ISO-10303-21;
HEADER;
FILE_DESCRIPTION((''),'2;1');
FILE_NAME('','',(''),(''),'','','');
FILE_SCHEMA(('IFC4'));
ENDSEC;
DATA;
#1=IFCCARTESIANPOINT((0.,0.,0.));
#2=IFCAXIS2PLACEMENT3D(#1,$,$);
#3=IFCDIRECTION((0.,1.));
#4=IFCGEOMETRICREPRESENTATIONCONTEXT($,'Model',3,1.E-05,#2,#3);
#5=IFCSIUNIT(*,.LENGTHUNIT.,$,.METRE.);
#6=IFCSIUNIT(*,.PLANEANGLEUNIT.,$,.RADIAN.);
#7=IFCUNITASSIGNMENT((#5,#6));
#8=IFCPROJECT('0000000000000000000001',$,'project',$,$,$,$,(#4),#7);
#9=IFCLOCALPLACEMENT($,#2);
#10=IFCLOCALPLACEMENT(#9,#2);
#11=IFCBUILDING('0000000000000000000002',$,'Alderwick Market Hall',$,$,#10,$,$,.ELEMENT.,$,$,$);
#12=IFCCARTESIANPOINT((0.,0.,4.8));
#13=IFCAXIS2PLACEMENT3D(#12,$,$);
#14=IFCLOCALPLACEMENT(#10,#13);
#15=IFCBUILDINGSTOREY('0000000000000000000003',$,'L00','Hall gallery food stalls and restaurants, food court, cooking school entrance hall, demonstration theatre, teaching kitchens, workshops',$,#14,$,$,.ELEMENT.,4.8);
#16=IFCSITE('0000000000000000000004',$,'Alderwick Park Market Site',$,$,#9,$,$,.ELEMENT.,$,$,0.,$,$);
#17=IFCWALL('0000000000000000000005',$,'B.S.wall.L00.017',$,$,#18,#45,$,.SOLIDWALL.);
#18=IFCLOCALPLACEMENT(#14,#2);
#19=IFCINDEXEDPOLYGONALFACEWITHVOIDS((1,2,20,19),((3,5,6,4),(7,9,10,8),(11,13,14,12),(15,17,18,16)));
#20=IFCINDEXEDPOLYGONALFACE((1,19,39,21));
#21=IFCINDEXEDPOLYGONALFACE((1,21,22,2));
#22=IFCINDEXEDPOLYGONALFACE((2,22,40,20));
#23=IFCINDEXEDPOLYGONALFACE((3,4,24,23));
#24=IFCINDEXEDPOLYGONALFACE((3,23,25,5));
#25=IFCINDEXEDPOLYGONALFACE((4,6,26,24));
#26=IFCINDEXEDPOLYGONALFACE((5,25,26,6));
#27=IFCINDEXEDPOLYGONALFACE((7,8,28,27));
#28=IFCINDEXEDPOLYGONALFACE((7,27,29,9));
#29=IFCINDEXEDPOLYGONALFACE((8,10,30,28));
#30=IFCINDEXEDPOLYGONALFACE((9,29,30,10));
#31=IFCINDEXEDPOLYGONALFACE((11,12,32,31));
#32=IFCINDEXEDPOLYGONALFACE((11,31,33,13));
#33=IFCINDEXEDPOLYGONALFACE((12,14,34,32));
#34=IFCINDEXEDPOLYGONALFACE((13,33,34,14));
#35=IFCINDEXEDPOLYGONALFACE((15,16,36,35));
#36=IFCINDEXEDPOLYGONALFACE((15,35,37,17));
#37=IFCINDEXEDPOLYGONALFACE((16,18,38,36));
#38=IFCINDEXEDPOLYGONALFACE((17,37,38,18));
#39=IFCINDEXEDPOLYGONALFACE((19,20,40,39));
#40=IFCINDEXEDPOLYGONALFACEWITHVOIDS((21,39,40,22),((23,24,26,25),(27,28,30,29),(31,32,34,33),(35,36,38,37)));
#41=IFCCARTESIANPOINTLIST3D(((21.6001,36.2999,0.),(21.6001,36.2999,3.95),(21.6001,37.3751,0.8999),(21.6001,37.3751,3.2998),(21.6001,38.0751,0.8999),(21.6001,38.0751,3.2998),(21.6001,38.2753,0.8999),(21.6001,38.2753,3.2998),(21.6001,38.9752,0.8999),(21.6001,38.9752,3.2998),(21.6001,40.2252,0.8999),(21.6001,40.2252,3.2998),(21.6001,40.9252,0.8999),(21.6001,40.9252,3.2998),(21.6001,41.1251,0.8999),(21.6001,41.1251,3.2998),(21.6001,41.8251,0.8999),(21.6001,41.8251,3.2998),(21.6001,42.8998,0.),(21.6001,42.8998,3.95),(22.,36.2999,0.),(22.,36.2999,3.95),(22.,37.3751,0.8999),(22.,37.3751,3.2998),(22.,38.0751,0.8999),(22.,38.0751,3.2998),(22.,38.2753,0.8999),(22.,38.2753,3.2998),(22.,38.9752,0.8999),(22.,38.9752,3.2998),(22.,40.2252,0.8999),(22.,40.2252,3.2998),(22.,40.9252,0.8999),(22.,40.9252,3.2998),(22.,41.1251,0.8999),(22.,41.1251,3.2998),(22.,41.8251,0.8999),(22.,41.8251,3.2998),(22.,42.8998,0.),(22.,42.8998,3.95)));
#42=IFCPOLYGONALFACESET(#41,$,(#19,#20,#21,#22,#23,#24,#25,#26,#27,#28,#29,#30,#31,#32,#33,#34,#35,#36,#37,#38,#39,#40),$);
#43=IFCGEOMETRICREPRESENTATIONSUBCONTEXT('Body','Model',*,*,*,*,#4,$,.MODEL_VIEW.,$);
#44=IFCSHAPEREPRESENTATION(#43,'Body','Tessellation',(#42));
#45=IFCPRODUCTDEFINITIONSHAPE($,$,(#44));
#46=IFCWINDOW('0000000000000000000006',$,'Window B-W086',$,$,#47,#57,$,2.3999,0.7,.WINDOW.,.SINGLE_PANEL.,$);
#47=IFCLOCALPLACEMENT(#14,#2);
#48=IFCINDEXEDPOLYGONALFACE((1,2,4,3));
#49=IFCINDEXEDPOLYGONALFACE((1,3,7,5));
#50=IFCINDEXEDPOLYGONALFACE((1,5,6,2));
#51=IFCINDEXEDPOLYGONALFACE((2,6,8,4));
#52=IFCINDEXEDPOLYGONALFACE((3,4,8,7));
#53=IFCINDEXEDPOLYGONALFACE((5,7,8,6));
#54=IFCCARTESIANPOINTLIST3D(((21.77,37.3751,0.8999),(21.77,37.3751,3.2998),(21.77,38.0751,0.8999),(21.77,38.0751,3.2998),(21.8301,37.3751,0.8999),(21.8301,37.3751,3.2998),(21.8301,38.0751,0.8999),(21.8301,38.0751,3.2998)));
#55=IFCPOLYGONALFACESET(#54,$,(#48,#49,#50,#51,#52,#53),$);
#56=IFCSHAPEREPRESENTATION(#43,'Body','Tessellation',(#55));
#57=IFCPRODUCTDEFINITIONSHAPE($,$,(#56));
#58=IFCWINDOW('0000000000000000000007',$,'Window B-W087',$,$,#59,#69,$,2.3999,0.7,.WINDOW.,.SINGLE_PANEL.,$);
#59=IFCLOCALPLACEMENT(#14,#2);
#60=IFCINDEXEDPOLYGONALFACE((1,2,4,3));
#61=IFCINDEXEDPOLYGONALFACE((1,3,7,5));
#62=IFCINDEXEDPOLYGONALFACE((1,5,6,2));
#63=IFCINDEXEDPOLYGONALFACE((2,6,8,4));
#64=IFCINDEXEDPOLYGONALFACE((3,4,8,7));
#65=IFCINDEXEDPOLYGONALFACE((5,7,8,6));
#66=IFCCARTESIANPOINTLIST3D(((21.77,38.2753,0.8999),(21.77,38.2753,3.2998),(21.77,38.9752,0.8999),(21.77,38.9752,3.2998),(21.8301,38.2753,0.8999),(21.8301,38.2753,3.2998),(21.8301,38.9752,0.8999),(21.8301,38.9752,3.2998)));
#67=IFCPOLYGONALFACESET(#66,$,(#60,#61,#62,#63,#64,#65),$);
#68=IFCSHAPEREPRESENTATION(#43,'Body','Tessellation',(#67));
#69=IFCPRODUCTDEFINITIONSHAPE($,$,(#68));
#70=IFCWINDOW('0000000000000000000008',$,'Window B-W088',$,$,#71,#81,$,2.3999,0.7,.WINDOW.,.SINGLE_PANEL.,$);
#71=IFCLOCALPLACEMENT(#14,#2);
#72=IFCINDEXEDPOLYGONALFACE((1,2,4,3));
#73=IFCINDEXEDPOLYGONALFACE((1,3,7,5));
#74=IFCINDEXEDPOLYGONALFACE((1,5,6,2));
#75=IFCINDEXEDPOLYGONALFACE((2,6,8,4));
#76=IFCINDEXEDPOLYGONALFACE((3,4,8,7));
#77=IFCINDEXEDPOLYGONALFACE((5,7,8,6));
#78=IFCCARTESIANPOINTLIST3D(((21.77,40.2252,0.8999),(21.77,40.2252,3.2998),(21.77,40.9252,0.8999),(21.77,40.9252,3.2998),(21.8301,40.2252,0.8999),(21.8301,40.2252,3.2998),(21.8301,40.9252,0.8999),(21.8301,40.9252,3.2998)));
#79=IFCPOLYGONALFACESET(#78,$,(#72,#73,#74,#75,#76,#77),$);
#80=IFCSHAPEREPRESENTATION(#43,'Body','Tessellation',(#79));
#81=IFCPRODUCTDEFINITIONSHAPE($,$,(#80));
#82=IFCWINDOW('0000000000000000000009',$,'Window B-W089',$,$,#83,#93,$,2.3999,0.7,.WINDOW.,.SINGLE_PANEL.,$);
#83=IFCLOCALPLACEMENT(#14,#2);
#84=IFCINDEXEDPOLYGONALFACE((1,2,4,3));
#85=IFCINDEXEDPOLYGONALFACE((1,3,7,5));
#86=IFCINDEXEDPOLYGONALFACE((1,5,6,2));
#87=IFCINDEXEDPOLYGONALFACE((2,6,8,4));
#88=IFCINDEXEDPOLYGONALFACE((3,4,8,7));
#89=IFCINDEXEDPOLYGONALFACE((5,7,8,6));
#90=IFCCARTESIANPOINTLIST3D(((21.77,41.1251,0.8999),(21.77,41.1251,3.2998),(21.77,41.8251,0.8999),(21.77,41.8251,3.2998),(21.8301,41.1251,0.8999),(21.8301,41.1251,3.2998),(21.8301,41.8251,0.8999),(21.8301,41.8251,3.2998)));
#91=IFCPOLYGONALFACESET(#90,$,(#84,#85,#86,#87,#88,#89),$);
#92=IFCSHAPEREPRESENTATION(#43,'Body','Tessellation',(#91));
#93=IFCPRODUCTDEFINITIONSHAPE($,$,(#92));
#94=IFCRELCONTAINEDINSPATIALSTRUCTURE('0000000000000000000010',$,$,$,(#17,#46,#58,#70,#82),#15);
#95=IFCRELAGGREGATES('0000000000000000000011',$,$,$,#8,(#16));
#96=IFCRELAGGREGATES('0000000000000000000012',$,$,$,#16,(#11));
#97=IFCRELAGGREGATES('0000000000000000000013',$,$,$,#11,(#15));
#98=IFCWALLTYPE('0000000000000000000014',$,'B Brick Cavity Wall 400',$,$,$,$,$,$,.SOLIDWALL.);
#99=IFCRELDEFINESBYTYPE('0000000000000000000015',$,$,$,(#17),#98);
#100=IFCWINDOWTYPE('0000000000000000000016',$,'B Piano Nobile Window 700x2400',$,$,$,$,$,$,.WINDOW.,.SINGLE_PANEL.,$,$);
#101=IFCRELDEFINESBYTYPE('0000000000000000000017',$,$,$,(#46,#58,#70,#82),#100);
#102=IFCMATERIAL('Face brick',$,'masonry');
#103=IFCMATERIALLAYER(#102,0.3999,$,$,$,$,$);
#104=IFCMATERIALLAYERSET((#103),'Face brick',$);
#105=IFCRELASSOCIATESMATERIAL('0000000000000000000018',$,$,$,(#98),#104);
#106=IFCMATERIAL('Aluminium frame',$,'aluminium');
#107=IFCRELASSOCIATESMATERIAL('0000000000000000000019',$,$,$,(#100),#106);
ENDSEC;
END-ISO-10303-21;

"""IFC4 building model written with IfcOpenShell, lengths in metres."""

from ifc_helpers import new_model, si_unit, direction, frame, frame_2d, origin, place, context, subcontext, project, spatial, rectangle, extrude, material, layer, layer_set, type_object, element, fill, save


model = new_model("IFC4")

# Units and contexts
model_context = context("Model", 3, precision=1e-05, world=origin(), true_north=direction((0.0, 1.0)))
body_context = subcontext(model_context, "Body", "Model", "MODEL_VIEW")
ifc_project = project(units=[si_unit("LENGTHUNIT", "METRE"), si_unit("PLANEANGLEUNIT", "RADIAN")], contexts=[model_context])

# Site, building, storey
site_placement = place(None, origin())
site = spatial("IfcSite", under=ifc_project, at=site_placement, Name="Alderwick Park Market Site", CompositionType="ELEMENT", RefElevation=0.0)
building_placement = place(site_placement, origin())
building = spatial("IfcBuilding", under=site, at=building_placement, Name="Alderwick Market Hall", CompositionType="ELEMENT")
storey_placement = place(building_placement, frame((0.0, 0.0, 4.8)))
storey = spatial("IfcBuildingStorey", under=building, at=storey_placement, Name="L00", Description="Hall gallery food stalls and restaurants, food court, cooking school entrance hall, demonstration theatre, teaching kitchens, workshops", CompositionType="ELEMENT", Elevation=4.8)

# Wall, openings, windows
ifc_material_1 = material(Name="Face brick", Category="masonry")
ifc_layer_1 = layer(ifc_material_1, 0.3999)
ifc_layer_set_1 = layer_set([ifc_layer_1], Name="Face brick")
wall_type_1 = type_object("IfcWallType", Name="B Brick Cavity Wall 400", PredefinedType="SOLIDWALL", material=ifc_layer_set_1)
wall_1_placement = place(storey_placement, frame((21.8, 36.3, 0.0), z_axis=(0.0, 0.0, 1.0), x_axis=(0.0, 1.0, 0.0)))
wall_1 = element("IfcWall", 1, at=wall_1_placement, inside=storey, type_object=wall_type_1, Name="B.S.wall.L00.017", PredefinedType="SOLIDWALL", context=body_context, shape_type="SweptSolid", body=[
    extrude(rectangle(XDim=6.5999, YDim=0.3999, at=frame_2d((3.2998, 0.0))), origin(), (0.0, 0.0, 1.0), 3.95),
])
opening_1_placement = place(wall_1_placement, frame((1.075, 0.0, 0.8999)))
opening_1 = element("IfcOpeningElement", 2, at=opening_1_placement, cuts=wall_1, PredefinedType="OPENING", context=body_context, shape_type="SweptSolid", body=[
    extrude(rectangle(XDim=0.7, YDim=2.3999, at=frame_2d((0.3501, 1.2))), frame((0.0, 0.21, 0.0), z_axis=(0.0, -1.0, 0.0), x_axis=(1.0, 0.0, 0.0)), (0.0, 0.0, 1.0), 0.4199),
])
opening_2_placement = place(wall_1_placement, frame((1.9751, 0.0, 0.8999)))
opening_2 = element("IfcOpeningElement", 3, at=opening_2_placement, cuts=wall_1, PredefinedType="OPENING", context=body_context, shape_type="SweptSolid", body=[
    extrude(rectangle(XDim=0.7, YDim=2.3999, at=frame_2d((0.3501, 1.2))), frame((0.0, 0.21, 0.0), z_axis=(0.0, -1.0, 0.0), x_axis=(1.0, 0.0, 0.0)), (0.0, 0.0, 1.0), 0.4199),
])
opening_3_placement = place(wall_1_placement, frame((3.925, 0.0, 0.8999)))
opening_3 = element("IfcOpeningElement", 4, at=opening_3_placement, cuts=wall_1, PredefinedType="OPENING", context=body_context, shape_type="SweptSolid", body=[
    extrude(rectangle(XDim=0.7, YDim=2.3999, at=frame_2d((0.3501, 1.2))), frame((0.0, 0.21, 0.0), z_axis=(0.0, -1.0, 0.0), x_axis=(1.0, 0.0, 0.0)), (0.0, 0.0, 1.0), 0.4199),
])
opening_4_placement = place(wall_1_placement, frame((4.825, 0.0, 0.8999)))
opening_4 = element("IfcOpeningElement", 5, at=opening_4_placement, cuts=wall_1, PredefinedType="OPENING", context=body_context, shape_type="SweptSolid", body=[
    extrude(rectangle(XDim=0.7, YDim=2.3999, at=frame_2d((0.3501, 1.2))), frame((0.0, 0.21, 0.0), z_axis=(0.0, -1.0, 0.0), x_axis=(1.0, 0.0, 0.0)), (0.0, 0.0, 1.0), 0.4199),
])
ifc_material_2 = material(Name="Aluminium frame", Category="aluminium")
window_type = type_object("IfcWindowType", Name="B Piano Nobile Window 700x2400", PartitioningType="SINGLE_PANEL", PredefinedType="WINDOW", material=ifc_material_2)
window_1_placement = place(opening_1_placement, origin())
window_1 = element("IfcWindow", 6, at=window_1_placement, inside=storey, type_object=window_type, Name="Window B-W086", OverallHeight=2.3999, OverallWidth=0.7, PartitioningType="SINGLE_PANEL", PredefinedType="WINDOW", context=body_context, shape_type="SweptSolid", body=[
    extrude(rectangle(XDim=0.7, YDim=2.3999, at=frame_2d((0.3501, 1.2))), frame((0.0, 0.03, 0.0), z_axis=(0.0, -1.0, 0.0), x_axis=(1.0, 0.0, 0.0)), (0.0, 0.0, 1.0), 0.0601),
])
fill(opening_1, window_1)
window_2_placement = place(opening_2_placement, origin())
window_2 = element("IfcWindow", 7, at=window_2_placement, inside=storey, type_object=window_type, Name="Window B-W087", OverallHeight=2.3999, OverallWidth=0.7, PartitioningType="SINGLE_PANEL", PredefinedType="WINDOW", context=body_context, shape_type="SweptSolid", body=[
    extrude(rectangle(XDim=0.7, YDim=2.3999, at=frame_2d((0.3501, 1.2))), frame((0.0, 0.03, 0.0), z_axis=(0.0, -1.0, 0.0), x_axis=(1.0, 0.0, 0.0)), (0.0, 0.0, 1.0), 0.0601),
])
fill(opening_2, window_2)
window_3_placement = place(opening_3_placement, origin())
window_3 = element("IfcWindow", 8, at=window_3_placement, inside=storey, type_object=window_type, Name="Window B-W088", OverallHeight=2.3999, OverallWidth=0.7, PartitioningType="SINGLE_PANEL", PredefinedType="WINDOW", context=body_context, shape_type="SweptSolid", body=[
    extrude(rectangle(XDim=0.7, YDim=2.3999, at=frame_2d((0.3501, 1.2))), frame((0.0, 0.03, 0.0), z_axis=(0.0, -1.0, 0.0), x_axis=(1.0, 0.0, 0.0)), (0.0, 0.0, 1.0), 0.0601),
])
fill(opening_3, window_3)
window_4_placement = place(opening_4_placement, origin())
window_4 = element("IfcWindow", 9, at=window_4_placement, inside=storey, type_object=window_type, Name="Window B-W089", OverallHeight=2.3999, OverallWidth=0.7, PartitioningType="SINGLE_PANEL", PredefinedType="WINDOW", context=body_context, shape_type="SweptSolid", body=[
    extrude(rectangle(XDim=0.7, YDim=2.3999, at=frame_2d((0.3501, 1.2))), frame((0.0, 0.03, 0.0), z_axis=(0.0, -1.0, 0.0), x_axis=(1.0, 0.0, 0.0)), (0.0, 0.0, 1.0), 0.0601),
])
fill(opening_4, window_4)

save(model, "model.ifc")
